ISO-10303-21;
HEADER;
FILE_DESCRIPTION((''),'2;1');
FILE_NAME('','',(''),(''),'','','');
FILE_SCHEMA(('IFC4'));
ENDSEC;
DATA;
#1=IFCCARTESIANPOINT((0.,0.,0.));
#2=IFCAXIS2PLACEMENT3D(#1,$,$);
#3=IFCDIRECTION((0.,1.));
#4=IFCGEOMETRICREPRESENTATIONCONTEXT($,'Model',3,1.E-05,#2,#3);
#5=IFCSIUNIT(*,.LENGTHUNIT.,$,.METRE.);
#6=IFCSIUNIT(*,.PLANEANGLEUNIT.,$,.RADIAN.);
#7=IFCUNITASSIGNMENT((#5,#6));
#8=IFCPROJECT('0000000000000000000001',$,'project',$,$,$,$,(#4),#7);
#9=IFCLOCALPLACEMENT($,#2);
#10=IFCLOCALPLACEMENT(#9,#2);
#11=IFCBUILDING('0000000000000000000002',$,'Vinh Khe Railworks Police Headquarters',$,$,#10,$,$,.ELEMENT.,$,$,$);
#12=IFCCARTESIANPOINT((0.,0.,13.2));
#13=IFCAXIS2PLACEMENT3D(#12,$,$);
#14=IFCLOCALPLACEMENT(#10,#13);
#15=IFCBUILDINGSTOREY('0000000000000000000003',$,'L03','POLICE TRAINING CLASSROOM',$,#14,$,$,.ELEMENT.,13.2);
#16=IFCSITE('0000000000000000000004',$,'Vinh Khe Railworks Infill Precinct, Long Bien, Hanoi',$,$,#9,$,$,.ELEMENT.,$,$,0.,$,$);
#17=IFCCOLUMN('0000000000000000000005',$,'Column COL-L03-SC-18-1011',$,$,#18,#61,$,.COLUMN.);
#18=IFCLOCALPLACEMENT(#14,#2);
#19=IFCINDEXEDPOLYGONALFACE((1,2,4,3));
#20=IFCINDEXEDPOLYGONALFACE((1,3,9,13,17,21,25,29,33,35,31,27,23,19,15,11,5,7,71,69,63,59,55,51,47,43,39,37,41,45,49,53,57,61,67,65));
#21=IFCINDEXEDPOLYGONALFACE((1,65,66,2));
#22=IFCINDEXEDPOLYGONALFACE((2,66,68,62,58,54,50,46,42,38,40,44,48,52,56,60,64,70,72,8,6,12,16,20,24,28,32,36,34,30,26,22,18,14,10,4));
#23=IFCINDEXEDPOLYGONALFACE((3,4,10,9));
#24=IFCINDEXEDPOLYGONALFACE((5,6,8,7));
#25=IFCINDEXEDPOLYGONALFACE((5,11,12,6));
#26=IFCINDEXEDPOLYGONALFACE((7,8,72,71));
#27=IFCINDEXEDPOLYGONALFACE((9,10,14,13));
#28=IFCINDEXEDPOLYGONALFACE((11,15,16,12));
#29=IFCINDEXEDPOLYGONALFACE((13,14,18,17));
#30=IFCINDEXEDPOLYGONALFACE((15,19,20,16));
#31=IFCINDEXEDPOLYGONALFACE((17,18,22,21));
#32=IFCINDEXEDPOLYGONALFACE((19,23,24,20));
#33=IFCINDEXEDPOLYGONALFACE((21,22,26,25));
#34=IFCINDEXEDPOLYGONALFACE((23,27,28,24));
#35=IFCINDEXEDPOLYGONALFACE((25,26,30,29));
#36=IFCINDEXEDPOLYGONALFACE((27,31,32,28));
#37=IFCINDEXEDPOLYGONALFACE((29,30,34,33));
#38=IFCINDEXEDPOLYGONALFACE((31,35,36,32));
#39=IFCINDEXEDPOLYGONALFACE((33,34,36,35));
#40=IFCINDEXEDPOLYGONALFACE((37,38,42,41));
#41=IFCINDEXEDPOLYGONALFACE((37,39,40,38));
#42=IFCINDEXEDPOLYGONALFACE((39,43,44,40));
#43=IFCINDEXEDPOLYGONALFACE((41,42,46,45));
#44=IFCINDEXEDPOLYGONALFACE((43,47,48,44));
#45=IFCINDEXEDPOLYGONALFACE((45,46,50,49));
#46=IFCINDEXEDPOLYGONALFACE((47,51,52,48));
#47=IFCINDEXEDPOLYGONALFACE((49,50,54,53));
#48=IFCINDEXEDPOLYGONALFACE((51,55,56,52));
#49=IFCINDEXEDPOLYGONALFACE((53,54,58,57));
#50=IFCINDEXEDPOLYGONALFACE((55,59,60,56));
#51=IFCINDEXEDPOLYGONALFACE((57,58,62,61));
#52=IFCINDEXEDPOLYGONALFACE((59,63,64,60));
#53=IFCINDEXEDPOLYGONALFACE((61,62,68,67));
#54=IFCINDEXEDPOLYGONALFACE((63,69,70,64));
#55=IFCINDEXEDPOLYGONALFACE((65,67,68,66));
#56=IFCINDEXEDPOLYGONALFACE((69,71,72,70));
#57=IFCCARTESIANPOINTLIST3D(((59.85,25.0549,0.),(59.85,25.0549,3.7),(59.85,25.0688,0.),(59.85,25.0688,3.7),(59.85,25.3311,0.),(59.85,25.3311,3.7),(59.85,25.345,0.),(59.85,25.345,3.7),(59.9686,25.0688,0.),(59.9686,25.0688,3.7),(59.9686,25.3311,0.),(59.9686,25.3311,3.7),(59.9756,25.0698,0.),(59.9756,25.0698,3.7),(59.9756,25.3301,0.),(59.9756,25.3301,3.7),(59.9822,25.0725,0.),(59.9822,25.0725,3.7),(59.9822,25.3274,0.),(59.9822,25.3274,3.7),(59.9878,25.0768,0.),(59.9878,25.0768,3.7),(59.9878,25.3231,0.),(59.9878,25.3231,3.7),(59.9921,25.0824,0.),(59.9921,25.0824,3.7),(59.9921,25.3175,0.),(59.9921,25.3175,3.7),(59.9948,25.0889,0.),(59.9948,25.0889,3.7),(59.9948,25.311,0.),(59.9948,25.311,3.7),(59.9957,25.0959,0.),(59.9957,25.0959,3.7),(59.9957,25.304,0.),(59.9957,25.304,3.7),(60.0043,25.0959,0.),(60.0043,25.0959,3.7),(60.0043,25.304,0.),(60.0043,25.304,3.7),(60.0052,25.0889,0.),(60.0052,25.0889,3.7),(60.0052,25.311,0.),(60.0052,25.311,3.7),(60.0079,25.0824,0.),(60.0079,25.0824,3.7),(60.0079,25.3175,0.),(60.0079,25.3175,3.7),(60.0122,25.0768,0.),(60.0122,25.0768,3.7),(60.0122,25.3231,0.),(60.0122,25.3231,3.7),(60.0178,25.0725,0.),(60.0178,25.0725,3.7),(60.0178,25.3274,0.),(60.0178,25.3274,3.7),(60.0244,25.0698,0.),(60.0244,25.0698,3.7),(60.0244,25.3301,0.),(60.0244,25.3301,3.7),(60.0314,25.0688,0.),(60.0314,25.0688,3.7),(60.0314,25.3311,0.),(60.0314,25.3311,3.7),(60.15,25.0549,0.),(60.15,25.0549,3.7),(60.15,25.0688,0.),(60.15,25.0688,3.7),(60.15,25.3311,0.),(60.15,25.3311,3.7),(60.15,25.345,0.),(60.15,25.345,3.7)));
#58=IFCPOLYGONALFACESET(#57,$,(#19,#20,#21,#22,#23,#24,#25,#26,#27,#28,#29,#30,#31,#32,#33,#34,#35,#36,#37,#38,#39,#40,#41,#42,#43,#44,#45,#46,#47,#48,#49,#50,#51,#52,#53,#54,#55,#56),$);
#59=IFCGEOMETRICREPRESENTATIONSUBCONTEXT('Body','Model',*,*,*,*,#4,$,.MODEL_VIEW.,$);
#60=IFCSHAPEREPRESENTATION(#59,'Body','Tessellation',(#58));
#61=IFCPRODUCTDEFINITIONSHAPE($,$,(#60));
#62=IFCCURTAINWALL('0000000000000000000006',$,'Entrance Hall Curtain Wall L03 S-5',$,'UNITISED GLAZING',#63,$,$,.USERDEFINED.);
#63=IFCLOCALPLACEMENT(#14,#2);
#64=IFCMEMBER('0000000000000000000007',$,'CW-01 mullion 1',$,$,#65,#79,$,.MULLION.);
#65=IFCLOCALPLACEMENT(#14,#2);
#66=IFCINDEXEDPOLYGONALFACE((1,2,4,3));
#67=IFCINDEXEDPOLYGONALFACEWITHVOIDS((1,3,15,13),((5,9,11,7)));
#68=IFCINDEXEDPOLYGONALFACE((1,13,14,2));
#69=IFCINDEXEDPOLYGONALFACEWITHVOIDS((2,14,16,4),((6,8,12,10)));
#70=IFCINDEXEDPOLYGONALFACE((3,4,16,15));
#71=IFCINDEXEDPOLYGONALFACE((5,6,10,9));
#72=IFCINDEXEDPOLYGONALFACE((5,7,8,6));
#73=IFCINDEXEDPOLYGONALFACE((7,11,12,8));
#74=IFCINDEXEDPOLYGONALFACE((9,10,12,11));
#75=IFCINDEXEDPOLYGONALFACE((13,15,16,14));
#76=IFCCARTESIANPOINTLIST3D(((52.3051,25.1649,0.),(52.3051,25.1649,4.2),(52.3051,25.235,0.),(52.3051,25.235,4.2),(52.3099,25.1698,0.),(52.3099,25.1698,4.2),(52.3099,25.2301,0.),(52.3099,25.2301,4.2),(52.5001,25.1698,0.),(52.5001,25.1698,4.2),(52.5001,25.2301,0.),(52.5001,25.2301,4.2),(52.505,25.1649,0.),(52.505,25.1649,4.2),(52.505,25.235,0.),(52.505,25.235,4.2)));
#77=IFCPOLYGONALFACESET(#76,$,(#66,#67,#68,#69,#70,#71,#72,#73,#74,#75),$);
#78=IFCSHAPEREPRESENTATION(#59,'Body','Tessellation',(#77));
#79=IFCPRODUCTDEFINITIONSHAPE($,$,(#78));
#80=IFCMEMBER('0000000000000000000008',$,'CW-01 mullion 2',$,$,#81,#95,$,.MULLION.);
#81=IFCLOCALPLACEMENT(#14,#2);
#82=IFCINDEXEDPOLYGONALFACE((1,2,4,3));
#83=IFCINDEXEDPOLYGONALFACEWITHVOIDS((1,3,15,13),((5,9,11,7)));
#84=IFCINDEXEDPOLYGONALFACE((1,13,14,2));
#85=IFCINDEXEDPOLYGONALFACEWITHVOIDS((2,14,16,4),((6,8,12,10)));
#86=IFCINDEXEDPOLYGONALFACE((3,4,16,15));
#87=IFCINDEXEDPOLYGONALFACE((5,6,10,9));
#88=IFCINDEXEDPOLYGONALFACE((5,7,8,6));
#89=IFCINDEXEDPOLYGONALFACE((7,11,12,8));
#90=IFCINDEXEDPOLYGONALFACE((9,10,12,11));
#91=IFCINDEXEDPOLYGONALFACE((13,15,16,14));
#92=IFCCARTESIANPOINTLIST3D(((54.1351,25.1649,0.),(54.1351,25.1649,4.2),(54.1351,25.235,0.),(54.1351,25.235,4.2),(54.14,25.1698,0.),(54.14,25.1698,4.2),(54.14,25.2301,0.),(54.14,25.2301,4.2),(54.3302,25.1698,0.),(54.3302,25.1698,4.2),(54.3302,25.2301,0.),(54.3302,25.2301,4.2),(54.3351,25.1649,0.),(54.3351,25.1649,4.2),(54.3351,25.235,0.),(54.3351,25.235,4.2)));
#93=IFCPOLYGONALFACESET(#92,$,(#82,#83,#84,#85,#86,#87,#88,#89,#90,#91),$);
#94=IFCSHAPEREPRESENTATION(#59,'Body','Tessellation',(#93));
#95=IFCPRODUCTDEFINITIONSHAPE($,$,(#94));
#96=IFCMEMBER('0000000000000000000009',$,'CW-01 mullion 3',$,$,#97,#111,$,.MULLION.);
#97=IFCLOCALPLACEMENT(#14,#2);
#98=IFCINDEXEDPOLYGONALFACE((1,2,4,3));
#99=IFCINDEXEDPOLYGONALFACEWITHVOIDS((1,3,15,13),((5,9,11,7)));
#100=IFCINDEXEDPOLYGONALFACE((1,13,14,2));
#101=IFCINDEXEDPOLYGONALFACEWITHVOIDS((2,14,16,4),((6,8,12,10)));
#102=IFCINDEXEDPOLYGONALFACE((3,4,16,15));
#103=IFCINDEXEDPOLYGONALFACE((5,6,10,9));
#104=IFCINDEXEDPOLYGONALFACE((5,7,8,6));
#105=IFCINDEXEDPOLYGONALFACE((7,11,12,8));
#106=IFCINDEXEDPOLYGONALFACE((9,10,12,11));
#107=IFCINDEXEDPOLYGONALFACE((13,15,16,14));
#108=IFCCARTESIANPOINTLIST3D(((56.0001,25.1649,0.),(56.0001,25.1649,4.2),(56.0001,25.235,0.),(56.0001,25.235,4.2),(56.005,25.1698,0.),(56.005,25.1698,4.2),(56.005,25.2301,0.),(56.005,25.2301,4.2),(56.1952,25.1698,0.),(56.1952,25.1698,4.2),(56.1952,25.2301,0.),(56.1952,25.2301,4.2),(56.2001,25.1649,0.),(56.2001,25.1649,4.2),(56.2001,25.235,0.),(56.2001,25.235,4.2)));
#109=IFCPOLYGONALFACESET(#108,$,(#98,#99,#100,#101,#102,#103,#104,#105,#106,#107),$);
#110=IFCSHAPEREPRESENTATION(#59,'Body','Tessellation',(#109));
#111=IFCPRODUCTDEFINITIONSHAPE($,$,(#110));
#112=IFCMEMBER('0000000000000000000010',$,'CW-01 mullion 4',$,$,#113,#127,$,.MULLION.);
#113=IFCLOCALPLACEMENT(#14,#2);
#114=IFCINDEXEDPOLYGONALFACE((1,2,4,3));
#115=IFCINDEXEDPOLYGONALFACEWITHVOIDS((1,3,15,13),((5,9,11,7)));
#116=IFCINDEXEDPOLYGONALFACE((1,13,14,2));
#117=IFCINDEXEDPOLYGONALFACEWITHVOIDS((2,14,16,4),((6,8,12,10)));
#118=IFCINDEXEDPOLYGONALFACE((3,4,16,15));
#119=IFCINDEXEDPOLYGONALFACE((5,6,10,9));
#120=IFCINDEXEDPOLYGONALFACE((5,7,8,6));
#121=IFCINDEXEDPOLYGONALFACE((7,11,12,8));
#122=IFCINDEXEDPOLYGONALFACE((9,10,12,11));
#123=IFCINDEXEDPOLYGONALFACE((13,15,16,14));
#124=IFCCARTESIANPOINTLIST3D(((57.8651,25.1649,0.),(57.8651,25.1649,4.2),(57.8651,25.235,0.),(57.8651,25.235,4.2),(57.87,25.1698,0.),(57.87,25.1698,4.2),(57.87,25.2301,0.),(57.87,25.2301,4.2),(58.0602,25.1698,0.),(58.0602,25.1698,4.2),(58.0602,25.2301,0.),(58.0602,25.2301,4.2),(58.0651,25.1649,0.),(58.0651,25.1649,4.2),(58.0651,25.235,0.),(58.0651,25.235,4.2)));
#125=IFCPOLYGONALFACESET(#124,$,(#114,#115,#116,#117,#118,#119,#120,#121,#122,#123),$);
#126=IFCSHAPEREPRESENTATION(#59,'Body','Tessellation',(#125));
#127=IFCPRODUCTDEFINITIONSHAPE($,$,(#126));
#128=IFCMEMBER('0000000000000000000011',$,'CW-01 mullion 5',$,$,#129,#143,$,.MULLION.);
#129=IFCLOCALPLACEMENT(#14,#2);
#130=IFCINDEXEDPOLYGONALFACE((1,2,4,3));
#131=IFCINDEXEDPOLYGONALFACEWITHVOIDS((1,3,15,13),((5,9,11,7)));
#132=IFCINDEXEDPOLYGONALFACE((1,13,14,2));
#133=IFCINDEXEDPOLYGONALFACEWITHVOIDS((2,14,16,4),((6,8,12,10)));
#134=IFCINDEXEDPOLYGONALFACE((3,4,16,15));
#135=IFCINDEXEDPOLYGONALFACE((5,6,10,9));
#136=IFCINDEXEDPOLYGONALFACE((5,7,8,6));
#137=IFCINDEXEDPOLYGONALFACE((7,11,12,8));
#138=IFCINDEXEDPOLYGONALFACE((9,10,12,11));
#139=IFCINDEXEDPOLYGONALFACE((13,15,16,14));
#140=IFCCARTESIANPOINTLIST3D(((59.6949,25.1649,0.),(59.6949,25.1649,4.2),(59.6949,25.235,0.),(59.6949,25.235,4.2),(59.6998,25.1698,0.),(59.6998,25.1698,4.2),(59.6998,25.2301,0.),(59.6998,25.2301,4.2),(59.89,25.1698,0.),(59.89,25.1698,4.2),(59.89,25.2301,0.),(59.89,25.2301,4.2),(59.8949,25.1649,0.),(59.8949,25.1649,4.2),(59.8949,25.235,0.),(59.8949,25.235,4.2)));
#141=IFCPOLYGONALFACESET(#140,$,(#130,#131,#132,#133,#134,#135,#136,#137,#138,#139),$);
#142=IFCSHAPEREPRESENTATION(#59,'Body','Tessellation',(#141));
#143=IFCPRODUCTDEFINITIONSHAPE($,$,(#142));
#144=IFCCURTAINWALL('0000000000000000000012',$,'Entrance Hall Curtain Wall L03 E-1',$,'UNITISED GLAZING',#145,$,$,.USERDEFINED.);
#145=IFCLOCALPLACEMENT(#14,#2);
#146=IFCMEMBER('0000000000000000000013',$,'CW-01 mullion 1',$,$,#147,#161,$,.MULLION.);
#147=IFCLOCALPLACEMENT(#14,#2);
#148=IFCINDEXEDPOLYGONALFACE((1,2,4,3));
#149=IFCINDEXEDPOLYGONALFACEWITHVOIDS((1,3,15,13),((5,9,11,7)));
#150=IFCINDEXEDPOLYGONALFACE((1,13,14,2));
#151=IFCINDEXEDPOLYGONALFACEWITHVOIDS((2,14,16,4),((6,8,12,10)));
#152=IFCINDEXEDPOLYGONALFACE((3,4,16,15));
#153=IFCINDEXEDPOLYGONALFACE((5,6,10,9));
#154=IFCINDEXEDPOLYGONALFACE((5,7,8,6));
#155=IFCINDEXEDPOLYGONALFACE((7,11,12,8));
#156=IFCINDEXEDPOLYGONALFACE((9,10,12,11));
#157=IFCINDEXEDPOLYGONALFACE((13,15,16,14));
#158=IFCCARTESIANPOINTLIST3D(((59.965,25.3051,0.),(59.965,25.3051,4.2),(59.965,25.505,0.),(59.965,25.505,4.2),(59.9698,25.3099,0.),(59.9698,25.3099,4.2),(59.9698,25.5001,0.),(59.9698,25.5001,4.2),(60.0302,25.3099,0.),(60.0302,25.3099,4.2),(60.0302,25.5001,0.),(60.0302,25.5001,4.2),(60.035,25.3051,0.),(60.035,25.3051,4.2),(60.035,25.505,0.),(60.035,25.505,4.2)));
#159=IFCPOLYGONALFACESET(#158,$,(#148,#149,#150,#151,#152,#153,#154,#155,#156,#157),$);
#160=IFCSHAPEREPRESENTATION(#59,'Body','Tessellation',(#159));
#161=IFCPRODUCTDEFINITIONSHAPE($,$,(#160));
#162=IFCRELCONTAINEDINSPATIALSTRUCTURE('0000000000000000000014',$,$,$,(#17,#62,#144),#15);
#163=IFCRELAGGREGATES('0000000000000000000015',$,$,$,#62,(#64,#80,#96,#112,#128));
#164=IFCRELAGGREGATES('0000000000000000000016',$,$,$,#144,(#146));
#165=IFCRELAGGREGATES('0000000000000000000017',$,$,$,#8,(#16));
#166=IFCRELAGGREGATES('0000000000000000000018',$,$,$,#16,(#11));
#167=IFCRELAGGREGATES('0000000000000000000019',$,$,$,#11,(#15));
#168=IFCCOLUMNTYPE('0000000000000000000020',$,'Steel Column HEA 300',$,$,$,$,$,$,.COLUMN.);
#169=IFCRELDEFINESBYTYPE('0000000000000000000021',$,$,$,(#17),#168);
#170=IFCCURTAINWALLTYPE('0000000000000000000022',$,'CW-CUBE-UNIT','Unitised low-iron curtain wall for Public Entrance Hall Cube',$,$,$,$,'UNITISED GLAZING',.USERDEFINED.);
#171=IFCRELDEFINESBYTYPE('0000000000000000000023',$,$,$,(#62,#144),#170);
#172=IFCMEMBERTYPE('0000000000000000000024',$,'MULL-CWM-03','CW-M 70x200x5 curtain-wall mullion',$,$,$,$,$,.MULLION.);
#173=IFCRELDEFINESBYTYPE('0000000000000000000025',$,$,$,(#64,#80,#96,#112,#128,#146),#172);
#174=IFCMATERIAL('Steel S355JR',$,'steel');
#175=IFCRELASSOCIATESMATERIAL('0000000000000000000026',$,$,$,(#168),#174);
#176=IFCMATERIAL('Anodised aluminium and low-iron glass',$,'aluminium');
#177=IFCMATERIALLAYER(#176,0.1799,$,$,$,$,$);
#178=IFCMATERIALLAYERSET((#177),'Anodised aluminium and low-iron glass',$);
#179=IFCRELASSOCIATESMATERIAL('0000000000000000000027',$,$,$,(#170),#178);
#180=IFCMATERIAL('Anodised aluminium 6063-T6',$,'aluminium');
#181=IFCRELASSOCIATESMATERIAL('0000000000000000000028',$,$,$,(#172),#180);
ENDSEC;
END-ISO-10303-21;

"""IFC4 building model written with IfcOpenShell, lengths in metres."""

from ifc_helpers import new_model, si_unit, direction, frame, origin, origin_2d, place, context, subcontext, project, spatial, hollow_rectangle, i_section, extrude, material, layer, layer_set, material_profile, profile_set, type_object, element, aggregate, save


model = new_model("IFC4")

# Units and contexts
model_context = context("Model", 3, precision=1e-05, world=origin(), true_north=direction((0.0, 1.0)))
body_context = subcontext(model_context, "Body", "Model", "MODEL_VIEW")
ifc_project = project(units=[si_unit("LENGTHUNIT", "METRE"), si_unit("PLANEANGLEUNIT", "RADIAN")], contexts=[model_context])

# Site, building, storey
site_placement = place(None, origin())
site = spatial("IfcSite", under=ifc_project, at=site_placement, Name="Vinh Khe Railworks Infill Precinct, Long Bien, Hanoi", CompositionType="ELEMENT", RefElevation=0.0)
building_placement = place(site_placement, origin())
building = spatial("IfcBuilding", under=site, at=building_placement, Name="Vinh Khe Railworks Police Headquarters", CompositionType="ELEMENT")
storey_placement = place(building_placement, frame((0.0, 0.0, 13.2)))
storey = spatial("IfcBuildingStorey", under=building, at=storey_placement, Name="L03", Description="POLICE TRAINING CLASSROOM", CompositionType="ELEMENT", Elevation=13.2)

# Column
ifc_material_1 = material(Name="Steel S355JR", Category="steel")
ifc_material_profile_1 = material_profile(ifc_material_1, i_section(OverallWidth=0.3, OverallDepth=0.29, WebThickness=0.0085, FlangeThickness=0.0139, FilletRadius=0.0271, at=origin_2d()), Name="HEA 300")
ifc_profile_set_1 = profile_set([ifc_material_profile_1], Name="Steel S355JR")
column_type = type_object("IfcColumnType", Name="Steel Column HEA 300", PredefinedType="COLUMN", material=ifc_profile_set_1)
column_placement = place(storey_placement, frame((60.0, 25.2, 0.0), z_axis=(0.0, 0.0, 1.0), x_axis=(1.0, 0.0, 0.0)))
element("IfcColumn", 1, at=column_placement, inside=storey, type_object=column_type, Name="Column COL-L03-SC-18-1011", PredefinedType="COLUMN", context=body_context, shape_type="SweptSolid", body=[
    extrude(i_section(OverallWidth=0.3, OverallDepth=0.29, WebThickness=0.0085, FlangeThickness=0.0139, FilletRadius=0.0271, at=origin_2d()), origin(), (0.0, 0.0, 1.0), 3.7),
])

# Curtain wall, members
ifc_material_2 = material(Name="Anodised aluminium and low-iron glass", Category="aluminium")
ifc_layer_1 = layer(ifc_material_2, 0.1799)
ifc_layer_set_1 = layer_set([ifc_layer_1], Name="Anodised aluminium and low-iron glass")
curtain_wall_type = type_object("IfcCurtainWallType", Name="CW-CUBE-UNIT", Description="Unitised low-iron curtain wall for Public Entrance Hall Cube", ElementType="UNITISED GLAZING", PredefinedType="USERDEFINED", material=ifc_layer_set_1)
curtain_wall_1_placement = place(storey_placement, origin())
curtain_wall_1 = element("IfcCurtainWall", 2, at=curtain_wall_1_placement, inside=storey, type_object=curtain_wall_type, Name="Entrance Hall Curtain Wall L03 S-5", ObjectType="UNITISED GLAZING", PredefinedType="USERDEFINED")
ifc_material_3 = material(Name="Anodised aluminium 6063-T6", Category="aluminium")
ifc_material_profile_2 = material_profile(ifc_material_3, hollow_rectangle(XDim=0.0701, YDim=0.2, WallThickness=0.0049, at=origin_2d()), Name="CW-M 70x200x5")
ifc_profile_set_2 = profile_set([ifc_material_profile_2], Name="Anodised aluminium 6063-T6")
member_type_1 = type_object("IfcMemberType", Name="MULL-CWM-03", Description="CW-M 70x200x5 curtain-wall mullion", PredefinedType="MULLION", material=ifc_profile_set_2)
member_1_placement = place(storey_placement, frame((52.405, 25.2, 0.0), z_axis=(0.0, 0.0, 1.0), x_axis=(0.0, 1.0, 0.0)))
member_1 = element("IfcMember", 3, at=member_1_placement, type_object=member_type_1, Name="CW-01 mullion 1", PredefinedType="MULLION", context=body_context, shape_type="SweptSolid", body=[
    extrude(hollow_rectangle(XDim=0.0701, YDim=0.2, WallThickness=0.0049, at=origin_2d()), origin(), (0.0, 0.0, 1.0), 4.2),
])
member_2_placement = place(storey_placement, frame((54.2351, 25.2, 0.0), z_axis=(0.0, 0.0, 1.0), x_axis=(0.0, 1.0, 0.0)))
member_2 = element("IfcMember", 4, at=member_2_placement, type_object=member_type_1, Name="CW-01 mullion 2", PredefinedType="MULLION", context=body_context, shape_type="SweptSolid", body=[
    extrude(hollow_rectangle(XDim=0.0701, YDim=0.2, WallThickness=0.0049, at=origin_2d()), origin(), (0.0, 0.0, 1.0), 4.2),
])
member_3_placement = place(storey_placement, frame((56.1001, 25.2, 0.0), z_axis=(0.0, 0.0, 1.0), x_axis=(0.0, 1.0, 0.0)))
member_3 = element("IfcMember", 5, at=member_3_placement, type_object=member_type_1, Name="CW-01 mullion 3", PredefinedType="MULLION", context=body_context, shape_type="SweptSolid", body=[
    extrude(hollow_rectangle(XDim=0.0701, YDim=0.2, WallThickness=0.0049, at=origin_2d()), origin(), (0.0, 0.0, 1.0), 4.2),
])
member_4_placement = place(storey_placement, frame((57.9651, 25.2, 0.0), z_axis=(0.0, 0.0, 1.0), x_axis=(0.0, 1.0, 0.0)))
member_4 = element("IfcMember", 6, at=member_4_placement, type_object=member_type_1, Name="CW-01 mullion 4", PredefinedType="MULLION", context=body_context, shape_type="SweptSolid", body=[
    extrude(hollow_rectangle(XDim=0.0701, YDim=0.2, WallThickness=0.0049, at=origin_2d()), origin(), (0.0, 0.0, 1.0), 4.2),
])
member_5_placement = place(storey_placement, frame((59.7949, 25.2, 0.0), z_axis=(0.0, 0.0, 1.0), x_axis=(0.0, 1.0, 0.0)))
member_5 = element("IfcMember", 7, at=member_5_placement, type_object=member_type_1, Name="CW-01 mullion 5", PredefinedType="MULLION", context=body_context, shape_type="SweptSolid", body=[
    extrude(hollow_rectangle(XDim=0.0701, YDim=0.2, WallThickness=0.0049, at=origin_2d()), origin(), (0.0, 0.0, 1.0), 4.2),
])

# Curtain wall, member
curtain_wall_2_placement = place(storey_placement, origin())
curtain_wall_2 = element("IfcCurtainWall", 8, at=curtain_wall_2_placement, inside=storey, type_object=curtain_wall_type, Name="Entrance Hall Curtain Wall L03 E-1", ObjectType="UNITISED GLAZING", PredefinedType="USERDEFINED")
member_6_placement = place(storey_placement, frame((60.0, 25.405, 0.0), z_axis=(0.0, 0.0, 1.0), x_axis=(-1.0, 0.0, 0.0)))
member_6 = element("IfcMember", 9, at=member_6_placement, type_object=member_type_1, Name="CW-01 mullion 1", PredefinedType="MULLION", context=body_context, shape_type="SweptSolid", body=[
    extrude(hollow_rectangle(XDim=0.0701, YDim=0.2, WallThickness=0.0049, at=origin_2d()), origin(), (0.0, 0.0, 1.0), 4.2),
])

aggregate(curtain_wall_1, [member_1, member_2, member_3, member_4, member_5])
aggregate(curtain_wall_2, [member_6])

save(model, "model.ifc")
